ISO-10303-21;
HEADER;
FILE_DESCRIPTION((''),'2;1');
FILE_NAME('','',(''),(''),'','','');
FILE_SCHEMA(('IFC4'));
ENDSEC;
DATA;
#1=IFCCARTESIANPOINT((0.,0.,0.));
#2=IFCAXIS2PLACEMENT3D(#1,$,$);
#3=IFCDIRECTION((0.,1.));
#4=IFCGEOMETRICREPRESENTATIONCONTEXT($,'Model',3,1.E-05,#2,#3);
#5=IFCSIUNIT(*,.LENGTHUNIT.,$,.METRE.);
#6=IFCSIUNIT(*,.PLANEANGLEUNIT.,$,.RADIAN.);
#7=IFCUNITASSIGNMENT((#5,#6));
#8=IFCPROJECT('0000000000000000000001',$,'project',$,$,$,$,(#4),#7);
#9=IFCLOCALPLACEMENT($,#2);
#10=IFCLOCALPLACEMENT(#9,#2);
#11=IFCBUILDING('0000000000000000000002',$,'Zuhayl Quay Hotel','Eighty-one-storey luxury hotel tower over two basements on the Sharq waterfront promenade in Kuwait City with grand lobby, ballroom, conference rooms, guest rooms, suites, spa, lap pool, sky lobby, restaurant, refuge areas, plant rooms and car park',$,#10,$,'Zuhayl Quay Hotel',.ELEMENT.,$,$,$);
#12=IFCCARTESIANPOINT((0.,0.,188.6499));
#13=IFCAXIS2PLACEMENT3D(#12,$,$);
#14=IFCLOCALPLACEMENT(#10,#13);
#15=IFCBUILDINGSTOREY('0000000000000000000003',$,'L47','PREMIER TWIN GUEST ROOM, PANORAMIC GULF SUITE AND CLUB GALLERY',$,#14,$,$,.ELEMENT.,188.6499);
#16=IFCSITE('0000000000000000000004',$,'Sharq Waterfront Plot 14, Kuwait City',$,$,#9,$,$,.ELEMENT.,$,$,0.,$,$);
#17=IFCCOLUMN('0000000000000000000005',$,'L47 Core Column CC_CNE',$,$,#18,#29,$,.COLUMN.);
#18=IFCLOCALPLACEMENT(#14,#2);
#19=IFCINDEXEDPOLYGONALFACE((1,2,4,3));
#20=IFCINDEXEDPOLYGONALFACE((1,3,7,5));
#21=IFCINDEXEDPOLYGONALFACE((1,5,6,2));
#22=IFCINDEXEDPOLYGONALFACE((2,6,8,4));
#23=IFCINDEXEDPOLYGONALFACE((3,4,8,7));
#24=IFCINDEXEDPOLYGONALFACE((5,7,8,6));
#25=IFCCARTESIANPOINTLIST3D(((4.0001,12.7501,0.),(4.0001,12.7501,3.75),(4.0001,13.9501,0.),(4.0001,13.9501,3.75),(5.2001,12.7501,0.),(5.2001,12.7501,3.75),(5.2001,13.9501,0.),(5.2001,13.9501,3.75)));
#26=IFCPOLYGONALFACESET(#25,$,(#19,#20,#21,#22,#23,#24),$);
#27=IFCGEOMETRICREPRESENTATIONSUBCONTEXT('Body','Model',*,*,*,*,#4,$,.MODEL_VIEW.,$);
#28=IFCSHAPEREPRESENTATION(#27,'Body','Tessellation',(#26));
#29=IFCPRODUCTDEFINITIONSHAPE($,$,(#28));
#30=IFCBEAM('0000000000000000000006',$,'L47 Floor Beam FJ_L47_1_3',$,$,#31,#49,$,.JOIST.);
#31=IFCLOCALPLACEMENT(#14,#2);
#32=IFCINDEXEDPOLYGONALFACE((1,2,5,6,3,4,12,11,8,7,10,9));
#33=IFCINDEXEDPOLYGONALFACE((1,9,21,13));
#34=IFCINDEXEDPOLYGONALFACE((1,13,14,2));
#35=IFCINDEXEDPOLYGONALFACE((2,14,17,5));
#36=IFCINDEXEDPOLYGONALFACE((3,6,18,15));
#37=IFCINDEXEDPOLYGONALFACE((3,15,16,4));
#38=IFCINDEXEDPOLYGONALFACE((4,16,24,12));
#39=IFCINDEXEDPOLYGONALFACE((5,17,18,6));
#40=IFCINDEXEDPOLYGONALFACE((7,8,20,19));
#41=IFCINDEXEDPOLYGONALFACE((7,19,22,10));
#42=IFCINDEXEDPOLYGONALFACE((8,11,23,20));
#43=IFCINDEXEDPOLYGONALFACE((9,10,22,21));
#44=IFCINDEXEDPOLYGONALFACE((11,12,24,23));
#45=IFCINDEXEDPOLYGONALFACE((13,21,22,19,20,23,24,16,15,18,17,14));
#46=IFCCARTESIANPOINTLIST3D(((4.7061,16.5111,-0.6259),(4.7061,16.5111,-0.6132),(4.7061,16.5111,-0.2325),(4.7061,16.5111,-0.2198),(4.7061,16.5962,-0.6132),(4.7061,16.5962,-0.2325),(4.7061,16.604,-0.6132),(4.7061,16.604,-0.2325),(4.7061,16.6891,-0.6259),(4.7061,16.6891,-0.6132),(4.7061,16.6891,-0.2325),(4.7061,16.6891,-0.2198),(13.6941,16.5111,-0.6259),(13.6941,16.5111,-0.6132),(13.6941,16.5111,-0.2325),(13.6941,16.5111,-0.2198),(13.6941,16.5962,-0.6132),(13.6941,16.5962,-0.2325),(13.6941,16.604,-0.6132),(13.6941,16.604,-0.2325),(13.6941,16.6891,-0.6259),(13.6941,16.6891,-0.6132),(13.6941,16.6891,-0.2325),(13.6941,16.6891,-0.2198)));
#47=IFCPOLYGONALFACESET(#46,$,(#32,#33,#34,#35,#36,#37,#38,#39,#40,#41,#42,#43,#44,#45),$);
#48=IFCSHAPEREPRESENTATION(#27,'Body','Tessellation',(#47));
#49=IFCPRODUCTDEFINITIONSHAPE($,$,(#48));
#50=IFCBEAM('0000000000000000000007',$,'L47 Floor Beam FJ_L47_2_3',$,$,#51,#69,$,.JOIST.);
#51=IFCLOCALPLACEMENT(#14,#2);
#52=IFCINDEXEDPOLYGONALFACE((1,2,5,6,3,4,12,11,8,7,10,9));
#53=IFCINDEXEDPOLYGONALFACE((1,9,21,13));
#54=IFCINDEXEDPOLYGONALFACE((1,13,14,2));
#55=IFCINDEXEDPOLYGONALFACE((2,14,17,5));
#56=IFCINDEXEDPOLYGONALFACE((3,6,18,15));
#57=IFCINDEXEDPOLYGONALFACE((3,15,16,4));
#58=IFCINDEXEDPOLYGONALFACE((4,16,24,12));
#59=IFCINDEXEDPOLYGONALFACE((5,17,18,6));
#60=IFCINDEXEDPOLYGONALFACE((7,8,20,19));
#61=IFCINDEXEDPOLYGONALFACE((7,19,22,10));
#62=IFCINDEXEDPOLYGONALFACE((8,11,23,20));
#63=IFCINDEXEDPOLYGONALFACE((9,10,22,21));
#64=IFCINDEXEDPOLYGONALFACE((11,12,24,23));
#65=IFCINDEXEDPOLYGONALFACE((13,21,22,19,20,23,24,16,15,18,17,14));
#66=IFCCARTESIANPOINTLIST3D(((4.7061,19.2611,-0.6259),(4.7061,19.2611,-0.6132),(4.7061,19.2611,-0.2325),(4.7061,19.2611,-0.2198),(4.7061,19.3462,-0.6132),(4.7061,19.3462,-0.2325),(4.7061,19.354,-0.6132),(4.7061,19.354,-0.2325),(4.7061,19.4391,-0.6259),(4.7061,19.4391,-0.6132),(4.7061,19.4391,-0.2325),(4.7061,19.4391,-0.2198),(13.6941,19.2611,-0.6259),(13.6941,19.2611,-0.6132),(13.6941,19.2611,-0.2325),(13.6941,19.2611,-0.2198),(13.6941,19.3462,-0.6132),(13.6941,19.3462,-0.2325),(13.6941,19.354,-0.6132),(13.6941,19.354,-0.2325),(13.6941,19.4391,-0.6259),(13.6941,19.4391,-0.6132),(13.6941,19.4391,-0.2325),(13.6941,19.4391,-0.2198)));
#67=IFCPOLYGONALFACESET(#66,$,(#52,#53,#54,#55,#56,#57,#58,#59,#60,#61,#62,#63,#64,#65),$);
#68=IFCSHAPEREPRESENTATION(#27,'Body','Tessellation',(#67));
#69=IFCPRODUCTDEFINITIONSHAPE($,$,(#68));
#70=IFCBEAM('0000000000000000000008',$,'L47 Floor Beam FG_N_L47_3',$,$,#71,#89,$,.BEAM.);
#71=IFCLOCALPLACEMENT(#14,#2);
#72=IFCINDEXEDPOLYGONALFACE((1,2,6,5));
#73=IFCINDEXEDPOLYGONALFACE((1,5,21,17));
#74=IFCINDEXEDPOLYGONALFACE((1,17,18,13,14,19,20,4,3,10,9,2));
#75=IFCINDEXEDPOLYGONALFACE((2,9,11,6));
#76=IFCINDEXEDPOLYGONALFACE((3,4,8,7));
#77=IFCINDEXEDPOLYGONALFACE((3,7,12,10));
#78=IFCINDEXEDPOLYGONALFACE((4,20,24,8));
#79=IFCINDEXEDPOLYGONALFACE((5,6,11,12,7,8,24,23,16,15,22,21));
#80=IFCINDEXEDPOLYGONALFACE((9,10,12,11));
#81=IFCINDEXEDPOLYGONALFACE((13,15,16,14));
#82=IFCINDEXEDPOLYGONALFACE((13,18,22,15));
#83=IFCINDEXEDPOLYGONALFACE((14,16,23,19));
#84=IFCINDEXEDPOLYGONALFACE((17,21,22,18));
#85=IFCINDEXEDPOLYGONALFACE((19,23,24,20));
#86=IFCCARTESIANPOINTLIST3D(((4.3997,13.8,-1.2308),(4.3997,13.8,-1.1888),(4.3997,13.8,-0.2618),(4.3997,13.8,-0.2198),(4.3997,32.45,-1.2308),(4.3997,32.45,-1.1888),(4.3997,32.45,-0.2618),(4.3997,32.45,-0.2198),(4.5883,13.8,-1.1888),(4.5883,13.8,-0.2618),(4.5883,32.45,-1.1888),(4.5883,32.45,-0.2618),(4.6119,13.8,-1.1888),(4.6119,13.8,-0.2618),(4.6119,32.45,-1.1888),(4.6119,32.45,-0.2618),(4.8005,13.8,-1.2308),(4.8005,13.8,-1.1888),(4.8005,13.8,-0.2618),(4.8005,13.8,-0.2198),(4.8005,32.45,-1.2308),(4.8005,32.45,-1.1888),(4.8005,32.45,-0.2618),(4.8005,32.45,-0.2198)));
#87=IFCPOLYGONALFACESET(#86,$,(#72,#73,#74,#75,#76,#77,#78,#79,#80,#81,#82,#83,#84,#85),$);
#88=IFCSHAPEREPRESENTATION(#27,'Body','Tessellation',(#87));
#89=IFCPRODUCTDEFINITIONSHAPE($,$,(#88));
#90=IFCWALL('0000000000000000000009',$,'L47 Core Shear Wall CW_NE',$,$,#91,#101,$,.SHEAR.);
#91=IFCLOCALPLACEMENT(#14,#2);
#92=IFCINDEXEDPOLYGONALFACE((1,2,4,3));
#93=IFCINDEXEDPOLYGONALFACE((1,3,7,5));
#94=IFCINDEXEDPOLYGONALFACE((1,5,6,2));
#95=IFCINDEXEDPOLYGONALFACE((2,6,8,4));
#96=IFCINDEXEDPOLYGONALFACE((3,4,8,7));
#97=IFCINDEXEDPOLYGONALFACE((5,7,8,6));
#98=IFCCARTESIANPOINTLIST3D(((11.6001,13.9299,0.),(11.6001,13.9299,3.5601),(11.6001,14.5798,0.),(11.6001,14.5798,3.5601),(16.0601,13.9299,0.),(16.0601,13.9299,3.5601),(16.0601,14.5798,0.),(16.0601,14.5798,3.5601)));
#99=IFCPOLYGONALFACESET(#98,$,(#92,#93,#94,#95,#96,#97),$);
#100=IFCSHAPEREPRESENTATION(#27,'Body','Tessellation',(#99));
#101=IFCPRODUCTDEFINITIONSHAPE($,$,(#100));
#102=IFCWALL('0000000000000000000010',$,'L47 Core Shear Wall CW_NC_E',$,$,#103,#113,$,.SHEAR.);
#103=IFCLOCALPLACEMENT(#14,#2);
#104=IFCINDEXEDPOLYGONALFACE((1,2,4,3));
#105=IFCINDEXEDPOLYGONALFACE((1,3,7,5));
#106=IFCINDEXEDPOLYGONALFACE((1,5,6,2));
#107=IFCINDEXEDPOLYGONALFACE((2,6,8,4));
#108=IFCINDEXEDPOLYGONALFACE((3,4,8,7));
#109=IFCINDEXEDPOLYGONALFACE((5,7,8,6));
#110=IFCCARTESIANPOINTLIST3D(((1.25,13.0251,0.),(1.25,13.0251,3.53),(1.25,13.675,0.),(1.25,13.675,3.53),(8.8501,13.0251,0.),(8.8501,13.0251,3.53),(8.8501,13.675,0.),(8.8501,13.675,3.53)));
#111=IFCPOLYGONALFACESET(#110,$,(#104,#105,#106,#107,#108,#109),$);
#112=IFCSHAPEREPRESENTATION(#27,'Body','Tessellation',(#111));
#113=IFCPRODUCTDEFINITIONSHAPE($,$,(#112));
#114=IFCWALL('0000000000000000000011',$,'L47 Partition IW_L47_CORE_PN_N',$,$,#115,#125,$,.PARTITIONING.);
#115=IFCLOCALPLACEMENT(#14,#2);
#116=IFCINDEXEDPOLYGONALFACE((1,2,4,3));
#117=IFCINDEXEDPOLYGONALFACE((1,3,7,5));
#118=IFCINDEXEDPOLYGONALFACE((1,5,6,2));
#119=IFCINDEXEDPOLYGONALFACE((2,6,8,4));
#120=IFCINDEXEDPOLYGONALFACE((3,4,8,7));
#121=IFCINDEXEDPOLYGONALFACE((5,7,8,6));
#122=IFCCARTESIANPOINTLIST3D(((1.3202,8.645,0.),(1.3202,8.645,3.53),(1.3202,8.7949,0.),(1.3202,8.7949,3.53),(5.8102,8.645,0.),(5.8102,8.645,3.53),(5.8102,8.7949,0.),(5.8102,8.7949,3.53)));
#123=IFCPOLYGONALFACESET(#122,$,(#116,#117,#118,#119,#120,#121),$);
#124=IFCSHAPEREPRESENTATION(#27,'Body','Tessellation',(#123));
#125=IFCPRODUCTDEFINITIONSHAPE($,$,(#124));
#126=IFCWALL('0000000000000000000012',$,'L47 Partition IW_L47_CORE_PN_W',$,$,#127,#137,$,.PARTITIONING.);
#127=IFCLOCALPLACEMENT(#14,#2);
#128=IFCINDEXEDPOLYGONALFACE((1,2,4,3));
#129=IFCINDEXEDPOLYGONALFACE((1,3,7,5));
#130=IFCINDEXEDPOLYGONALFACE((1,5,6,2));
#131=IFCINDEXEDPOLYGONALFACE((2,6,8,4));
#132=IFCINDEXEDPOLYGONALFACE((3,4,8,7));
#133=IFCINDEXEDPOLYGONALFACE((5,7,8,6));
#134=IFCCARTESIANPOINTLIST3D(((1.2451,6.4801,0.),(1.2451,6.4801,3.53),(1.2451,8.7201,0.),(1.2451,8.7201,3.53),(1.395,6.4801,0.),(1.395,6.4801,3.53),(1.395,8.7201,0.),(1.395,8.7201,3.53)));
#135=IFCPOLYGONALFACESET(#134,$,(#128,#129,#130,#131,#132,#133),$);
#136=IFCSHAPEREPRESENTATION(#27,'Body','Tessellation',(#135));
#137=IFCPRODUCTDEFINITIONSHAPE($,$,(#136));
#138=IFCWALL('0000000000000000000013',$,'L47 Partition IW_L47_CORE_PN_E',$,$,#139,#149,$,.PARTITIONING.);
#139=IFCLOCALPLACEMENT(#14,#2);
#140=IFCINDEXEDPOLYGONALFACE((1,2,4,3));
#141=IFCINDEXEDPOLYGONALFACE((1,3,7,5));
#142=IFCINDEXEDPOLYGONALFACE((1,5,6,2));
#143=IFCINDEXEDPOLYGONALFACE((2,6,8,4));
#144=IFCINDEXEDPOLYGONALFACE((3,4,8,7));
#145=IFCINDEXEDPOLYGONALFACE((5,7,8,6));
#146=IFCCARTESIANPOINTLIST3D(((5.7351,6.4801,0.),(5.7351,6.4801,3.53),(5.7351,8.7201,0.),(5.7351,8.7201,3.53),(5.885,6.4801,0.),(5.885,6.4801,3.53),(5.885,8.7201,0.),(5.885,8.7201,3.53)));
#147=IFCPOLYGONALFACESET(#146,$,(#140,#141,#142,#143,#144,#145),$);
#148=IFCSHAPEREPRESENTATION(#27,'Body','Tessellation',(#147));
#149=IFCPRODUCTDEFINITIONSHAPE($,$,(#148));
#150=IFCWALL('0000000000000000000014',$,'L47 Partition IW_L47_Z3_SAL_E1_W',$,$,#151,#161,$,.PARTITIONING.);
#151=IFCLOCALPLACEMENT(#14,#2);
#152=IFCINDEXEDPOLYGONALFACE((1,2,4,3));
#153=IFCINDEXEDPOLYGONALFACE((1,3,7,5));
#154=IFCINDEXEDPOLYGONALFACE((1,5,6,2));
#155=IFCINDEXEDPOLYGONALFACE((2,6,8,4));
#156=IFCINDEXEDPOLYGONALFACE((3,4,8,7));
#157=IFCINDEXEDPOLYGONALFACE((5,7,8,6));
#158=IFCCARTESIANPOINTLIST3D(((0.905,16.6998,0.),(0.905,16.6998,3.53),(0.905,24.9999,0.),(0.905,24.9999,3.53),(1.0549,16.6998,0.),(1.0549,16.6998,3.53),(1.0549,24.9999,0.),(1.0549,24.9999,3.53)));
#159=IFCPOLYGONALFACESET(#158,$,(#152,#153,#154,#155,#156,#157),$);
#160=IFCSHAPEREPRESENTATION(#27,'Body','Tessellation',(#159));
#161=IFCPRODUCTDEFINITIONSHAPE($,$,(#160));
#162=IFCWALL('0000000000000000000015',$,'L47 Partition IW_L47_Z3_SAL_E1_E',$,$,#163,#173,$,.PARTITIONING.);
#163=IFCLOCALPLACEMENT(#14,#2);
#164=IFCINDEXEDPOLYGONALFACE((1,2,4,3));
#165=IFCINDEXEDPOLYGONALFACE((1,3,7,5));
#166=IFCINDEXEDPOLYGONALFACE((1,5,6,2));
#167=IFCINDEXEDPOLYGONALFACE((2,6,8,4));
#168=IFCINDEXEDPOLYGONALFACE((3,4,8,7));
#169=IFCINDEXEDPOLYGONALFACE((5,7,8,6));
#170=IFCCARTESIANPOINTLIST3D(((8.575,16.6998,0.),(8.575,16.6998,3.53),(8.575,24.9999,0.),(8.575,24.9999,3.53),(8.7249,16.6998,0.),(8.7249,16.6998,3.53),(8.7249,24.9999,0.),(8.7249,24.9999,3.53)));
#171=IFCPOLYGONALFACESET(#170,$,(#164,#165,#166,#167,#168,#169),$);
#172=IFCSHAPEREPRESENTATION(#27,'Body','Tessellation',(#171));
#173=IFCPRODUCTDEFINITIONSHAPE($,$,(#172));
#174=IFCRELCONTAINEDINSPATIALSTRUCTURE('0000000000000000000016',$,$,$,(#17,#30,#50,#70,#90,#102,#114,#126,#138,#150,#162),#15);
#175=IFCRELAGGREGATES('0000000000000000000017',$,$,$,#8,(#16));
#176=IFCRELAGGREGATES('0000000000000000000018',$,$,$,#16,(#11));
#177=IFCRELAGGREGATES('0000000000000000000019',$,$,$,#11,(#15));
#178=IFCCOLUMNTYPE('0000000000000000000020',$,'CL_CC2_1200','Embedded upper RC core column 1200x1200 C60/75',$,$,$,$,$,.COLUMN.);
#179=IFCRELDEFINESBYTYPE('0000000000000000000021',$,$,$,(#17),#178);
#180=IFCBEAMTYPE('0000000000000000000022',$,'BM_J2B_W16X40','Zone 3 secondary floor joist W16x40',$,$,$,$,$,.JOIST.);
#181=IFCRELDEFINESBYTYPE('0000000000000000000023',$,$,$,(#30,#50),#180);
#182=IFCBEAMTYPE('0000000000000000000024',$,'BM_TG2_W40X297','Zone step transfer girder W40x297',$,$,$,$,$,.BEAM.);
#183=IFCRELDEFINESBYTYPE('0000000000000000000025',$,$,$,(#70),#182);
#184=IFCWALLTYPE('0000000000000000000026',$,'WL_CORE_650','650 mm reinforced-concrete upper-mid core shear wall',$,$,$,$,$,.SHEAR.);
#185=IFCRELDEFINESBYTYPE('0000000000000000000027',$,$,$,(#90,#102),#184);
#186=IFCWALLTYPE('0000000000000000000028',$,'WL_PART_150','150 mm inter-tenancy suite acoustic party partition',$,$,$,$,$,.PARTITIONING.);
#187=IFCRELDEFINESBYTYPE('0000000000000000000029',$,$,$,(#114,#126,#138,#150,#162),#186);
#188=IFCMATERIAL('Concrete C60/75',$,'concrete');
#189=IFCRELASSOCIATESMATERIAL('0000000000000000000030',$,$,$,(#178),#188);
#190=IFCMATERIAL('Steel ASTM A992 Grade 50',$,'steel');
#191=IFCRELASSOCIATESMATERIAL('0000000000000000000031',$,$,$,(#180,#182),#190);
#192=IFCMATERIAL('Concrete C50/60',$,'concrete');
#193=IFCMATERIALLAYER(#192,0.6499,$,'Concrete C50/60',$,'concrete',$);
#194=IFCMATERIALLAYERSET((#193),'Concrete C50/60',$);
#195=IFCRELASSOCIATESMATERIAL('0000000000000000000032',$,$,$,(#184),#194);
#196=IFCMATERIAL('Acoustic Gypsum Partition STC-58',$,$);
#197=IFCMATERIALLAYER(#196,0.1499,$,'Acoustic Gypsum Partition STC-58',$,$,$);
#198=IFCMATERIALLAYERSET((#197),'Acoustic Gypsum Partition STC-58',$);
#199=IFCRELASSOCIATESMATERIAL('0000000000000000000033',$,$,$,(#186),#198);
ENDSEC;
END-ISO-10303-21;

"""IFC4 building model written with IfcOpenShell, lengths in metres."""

from ifc_helpers import new_model, si_unit, direction, frame, frame_2d, origin, origin_2d, place, context, subcontext, project, spatial, rectangle, i_section, extrude, material, layer, layer_set, material_profile, profile_set, type_object, element, save


model = new_model("IFC4")

# Units and contexts
model_context = context("Model", 3, precision=1e-05, world=origin(), true_north=direction((0.0, 1.0)))
body_context = subcontext(model_context, "Body", "Model", "MODEL_VIEW")
ifc_project = project(units=[si_unit("LENGTHUNIT", "METRE"), si_unit("PLANEANGLEUNIT", "RADIAN")], contexts=[model_context])

# Site, building, storey
site_placement = place(None, origin())
site = spatial("IfcSite", under=ifc_project, at=site_placement, Name="Sharq Waterfront Plot 14, Kuwait City", CompositionType="ELEMENT", RefElevation=0.0)
building_placement = place(site_placement, origin())
building = spatial("IfcBuilding", under=site, at=building_placement, Name="Zuhayl Quay Hotel", Description="Eighty-one-storey luxury hotel tower over two basements on the Sharq waterfront promenade in Kuwait City with grand lobby, ballroom, conference rooms, guest rooms, suites, spa, lap pool, sky lobby, restaurant, refuge areas, plant rooms and car park", LongName="Zuhayl Quay Hotel", CompositionType="ELEMENT")
storey_placement = place(building_placement, frame((0.0, 0.0, 188.6499)))
storey = spatial("IfcBuildingStorey", under=building, at=storey_placement, Name="L47", Description="PREMIER TWIN GUEST ROOM, PANORAMIC GULF SUITE AND CLUB GALLERY", CompositionType="ELEMENT", Elevation=188.6499)

# Column
ifc_material_1 = material(Name="Concrete C60/75", Category="concrete")
ifc_material_profile_1 = material_profile(ifc_material_1, rectangle(XDim=1.2, YDim=1.2, at=origin_2d()), Name="RC1200X1200")
ifc_profile_set_1 = profile_set([ifc_material_profile_1], Name="Concrete C60/75")
column_type = type_object("IfcColumnType", Name="CL_CC2_1200", Description="Embedded upper RC core column 1200x1200 C60/75", PredefinedType="COLUMN", material=ifc_profile_set_1)
column_placement = place(storey_placement, frame((4.6001, 13.3501, 0.0), z_axis=(0.0, 0.0, 1.0), x_axis=(1.0, 0.0, 0.0)))
element("IfcColumn", 1, at=column_placement, inside=storey, type_object=column_type, Name="L47 Core Column CC_CNE", PredefinedType="COLUMN", context=body_context, shape_type="SweptSolid", body=[
    extrude(rectangle(XDim=1.2, YDim=1.2, at=origin_2d()), origin(), (0.0, 0.0, 1.0), 3.75),
])

# Beams
ifc_material_2 = material(Name="Steel ASTM A992 Grade 50", Category="steel")
ifc_material_profile_2 = material_profile(ifc_material_2, i_section(OverallWidth=0.178, OverallDepth=0.406, WebThickness=0.0078, FlangeThickness=0.0127, at=origin_2d()), Name="W16X40")
ifc_profile_set_2 = profile_set([ifc_material_profile_2], Name="Steel ASTM A992 Grade 50")
beam_type_1 = type_object("IfcBeamType", Name="BM_J2B_W16X40", Description="Zone 3 secondary floor joist W16x40", PredefinedType="JOIST", material=ifc_profile_set_2)
for number, where, z_axis, x_axis, name in (
    (2, (4.7061, 16.6001, -0.4229), (1.0, 0.0, 0.0), (0.0, 1.0, 0.0), "L47 Floor Beam FJ_L47_1_3"),
    (3, (4.7061, 19.3501, -0.4229), (1.0, 0.0, 0.0), (0.0, 1.0, 0.0), "L47 Floor Beam FJ_L47_2_3"),
):
    element("IfcBeam", number, at=place(storey_placement, frame(where, z_axis=z_axis, x_axis=x_axis)), inside=storey, type_object=beam_type_1, Name=name, PredefinedType="JOIST", context=body_context, shape_type="SweptSolid", body=[
        extrude(i_section(OverallWidth=0.178, OverallDepth=0.406, WebThickness=0.0078, FlangeThickness=0.0127, at=origin_2d()), origin(), (0.0, 0.0, 1.0), 8.988),
    ])
ifc_material_profile_3 = material_profile(ifc_material_2, i_section(OverallWidth=0.4009, OverallDepth=1.011, WebThickness=0.0237, FlangeThickness=0.042, at=origin_2d()), Name="W40X297")
ifc_profile_set_3 = profile_set([ifc_material_profile_3], Name="Steel ASTM A992 Grade 50")
beam_type_2 = type_object("IfcBeamType", Name="BM_TG2_W40X297", Description="Zone step transfer girder W40x297", PredefinedType="BEAM", material=ifc_profile_set_3)
beam_placement = place(storey_placement, frame((4.6001, 13.8, -0.7253), z_axis=(0.0, 1.0, 0.0), x_axis=(-1.0, 0.0, 0.0)))
element("IfcBeam", 4, at=beam_placement, inside=storey, type_object=beam_type_2, Name="L47 Floor Beam FG_N_L47_3", PredefinedType="BEAM", context=body_context, shape_type="SweptSolid", body=[
    extrude(i_section(OverallWidth=0.4009, OverallDepth=1.011, WebThickness=0.0237, FlangeThickness=0.042, at=origin_2d()), origin(), (0.0, 0.0, 1.0), 18.6499),
])

# Walls
ifc_material_3 = material(Name="Concrete C50/60", Category="concrete")
ifc_layer_1 = layer(ifc_material_3, 0.6499, Name="Concrete C50/60", Category="concrete")
ifc_layer_set_1 = layer_set([ifc_layer_1], Name="Concrete C50/60")
wall_type_1 = type_object("IfcWallType", Name="WL_CORE_650", Description="650 mm reinforced-concrete upper-mid core shear wall", PredefinedType="SHEAR", material=ifc_layer_set_1)
wall_1_placement = place(storey_placement, frame((11.6001, 14.2549, 0.0), z_axis=(0.0, 0.0, 1.0), x_axis=(1.0, 0.0, 0.0)))
element("IfcWall", 5, at=wall_1_placement, inside=storey, type_object=wall_type_1, Name="L47 Core Shear Wall CW_NE", PredefinedType="SHEAR", context=body_context, shape_type="SweptSolid", body=[
    extrude(rectangle(XDim=4.46, YDim=0.6499, at=frame_2d((2.23, 0.0))), origin(), (0.0, 0.0, 1.0), 3.5601),
])
wall_2_placement = place(storey_placement, frame((1.25, 13.3501, 0.0), z_axis=(0.0, 0.0, 1.0), x_axis=(1.0, 0.0, 0.0)))
element("IfcWall", 6, at=wall_2_placement, inside=storey, type_object=wall_type_1, Name="L47 Core Shear Wall CW_NC_E", PredefinedType="SHEAR", context=body_context, shape_type="SweptSolid", body=[
    extrude(rectangle(XDim=7.6001, YDim=0.6499, at=frame_2d((3.8, 0.0))), origin(), (0.0, 0.0, 1.0), 3.53),
])
ifc_material_4 = material(Name="Acoustic Gypsum Partition STC-58")
ifc_layer_2 = layer(ifc_material_4, 0.1499, Name="Acoustic Gypsum Partition STC-58")
ifc_layer_set_2 = layer_set([ifc_layer_2], Name="Acoustic Gypsum Partition STC-58")
wall_type_2 = type_object("IfcWallType", Name="WL_PART_150", Description="150 mm inter-tenancy suite acoustic party partition", PredefinedType="PARTITIONING", material=ifc_layer_set_2)
wall_3_placement = place(storey_placement, frame((1.3201, 8.72, 0.0), z_axis=(0.0, 0.0, 1.0), x_axis=(1.0, 0.0, 0.0)))
element("IfcWall", 7, at=wall_3_placement, inside=storey, type_object=wall_type_2, Name="L47 Partition IW_L47_CORE_PN_N", PredefinedType="PARTITIONING", context=body_context, shape_type="SweptSolid", body=[
    extrude(rectangle(XDim=4.49, YDim=0.1499, at=frame_2d((2.2451, 0.0))), origin(), (0.0, 0.0, 1.0), 3.53),
])
for number, where, z_axis, x_axis, name in (
    (8, (1.3201, 6.48, 0.0), (0.0, 0.0, 1.0), (0.0, 1.0, 0.0), "L47 Partition IW_L47_CORE_PN_W"),
    (9, (5.8101, 6.48, 0.0), (0.0, 0.0, 1.0), (0.0, 1.0, 0.0), "L47 Partition IW_L47_CORE_PN_E"),
):
    element("IfcWall", number, at=place(storey_placement, frame(where, z_axis=z_axis, x_axis=x_axis)), inside=storey, type_object=wall_type_2, Name=name, PredefinedType="PARTITIONING", context=body_context, shape_type="SweptSolid", body=[
        extrude(rectangle(XDim=2.24, YDim=0.1499, at=frame_2d((1.1201, 0.0))), origin(), (0.0, 0.0, 1.0), 3.53),
    ])
for number, where, z_axis, x_axis, name in (
    (10, (0.98, 16.7, 0.0), (0.0, 0.0, 1.0), (0.0, 1.0, 0.0), "L47 Partition IW_L47_Z3_SAL_E1_W"),
    (11, (8.6499, 16.7, 0.0), (0.0, 0.0, 1.0), (0.0, 1.0, 0.0), "L47 Partition IW_L47_Z3_SAL_E1_E"),
):
    element("IfcWall", number, at=place(storey_placement, frame(where, z_axis=z_axis, x_axis=x_axis)), inside=storey, type_object=wall_type_2, Name=name, PredefinedType="PARTITIONING", context=body_context, shape_type="SweptSolid", body=[
        extrude(rectangle(XDim=8.3, YDim=0.1499, at=frame_2d((4.1499, 0.0))), origin(), (0.0, 0.0, 1.0), 3.53),
    ])

save(model, "model.ifc")
